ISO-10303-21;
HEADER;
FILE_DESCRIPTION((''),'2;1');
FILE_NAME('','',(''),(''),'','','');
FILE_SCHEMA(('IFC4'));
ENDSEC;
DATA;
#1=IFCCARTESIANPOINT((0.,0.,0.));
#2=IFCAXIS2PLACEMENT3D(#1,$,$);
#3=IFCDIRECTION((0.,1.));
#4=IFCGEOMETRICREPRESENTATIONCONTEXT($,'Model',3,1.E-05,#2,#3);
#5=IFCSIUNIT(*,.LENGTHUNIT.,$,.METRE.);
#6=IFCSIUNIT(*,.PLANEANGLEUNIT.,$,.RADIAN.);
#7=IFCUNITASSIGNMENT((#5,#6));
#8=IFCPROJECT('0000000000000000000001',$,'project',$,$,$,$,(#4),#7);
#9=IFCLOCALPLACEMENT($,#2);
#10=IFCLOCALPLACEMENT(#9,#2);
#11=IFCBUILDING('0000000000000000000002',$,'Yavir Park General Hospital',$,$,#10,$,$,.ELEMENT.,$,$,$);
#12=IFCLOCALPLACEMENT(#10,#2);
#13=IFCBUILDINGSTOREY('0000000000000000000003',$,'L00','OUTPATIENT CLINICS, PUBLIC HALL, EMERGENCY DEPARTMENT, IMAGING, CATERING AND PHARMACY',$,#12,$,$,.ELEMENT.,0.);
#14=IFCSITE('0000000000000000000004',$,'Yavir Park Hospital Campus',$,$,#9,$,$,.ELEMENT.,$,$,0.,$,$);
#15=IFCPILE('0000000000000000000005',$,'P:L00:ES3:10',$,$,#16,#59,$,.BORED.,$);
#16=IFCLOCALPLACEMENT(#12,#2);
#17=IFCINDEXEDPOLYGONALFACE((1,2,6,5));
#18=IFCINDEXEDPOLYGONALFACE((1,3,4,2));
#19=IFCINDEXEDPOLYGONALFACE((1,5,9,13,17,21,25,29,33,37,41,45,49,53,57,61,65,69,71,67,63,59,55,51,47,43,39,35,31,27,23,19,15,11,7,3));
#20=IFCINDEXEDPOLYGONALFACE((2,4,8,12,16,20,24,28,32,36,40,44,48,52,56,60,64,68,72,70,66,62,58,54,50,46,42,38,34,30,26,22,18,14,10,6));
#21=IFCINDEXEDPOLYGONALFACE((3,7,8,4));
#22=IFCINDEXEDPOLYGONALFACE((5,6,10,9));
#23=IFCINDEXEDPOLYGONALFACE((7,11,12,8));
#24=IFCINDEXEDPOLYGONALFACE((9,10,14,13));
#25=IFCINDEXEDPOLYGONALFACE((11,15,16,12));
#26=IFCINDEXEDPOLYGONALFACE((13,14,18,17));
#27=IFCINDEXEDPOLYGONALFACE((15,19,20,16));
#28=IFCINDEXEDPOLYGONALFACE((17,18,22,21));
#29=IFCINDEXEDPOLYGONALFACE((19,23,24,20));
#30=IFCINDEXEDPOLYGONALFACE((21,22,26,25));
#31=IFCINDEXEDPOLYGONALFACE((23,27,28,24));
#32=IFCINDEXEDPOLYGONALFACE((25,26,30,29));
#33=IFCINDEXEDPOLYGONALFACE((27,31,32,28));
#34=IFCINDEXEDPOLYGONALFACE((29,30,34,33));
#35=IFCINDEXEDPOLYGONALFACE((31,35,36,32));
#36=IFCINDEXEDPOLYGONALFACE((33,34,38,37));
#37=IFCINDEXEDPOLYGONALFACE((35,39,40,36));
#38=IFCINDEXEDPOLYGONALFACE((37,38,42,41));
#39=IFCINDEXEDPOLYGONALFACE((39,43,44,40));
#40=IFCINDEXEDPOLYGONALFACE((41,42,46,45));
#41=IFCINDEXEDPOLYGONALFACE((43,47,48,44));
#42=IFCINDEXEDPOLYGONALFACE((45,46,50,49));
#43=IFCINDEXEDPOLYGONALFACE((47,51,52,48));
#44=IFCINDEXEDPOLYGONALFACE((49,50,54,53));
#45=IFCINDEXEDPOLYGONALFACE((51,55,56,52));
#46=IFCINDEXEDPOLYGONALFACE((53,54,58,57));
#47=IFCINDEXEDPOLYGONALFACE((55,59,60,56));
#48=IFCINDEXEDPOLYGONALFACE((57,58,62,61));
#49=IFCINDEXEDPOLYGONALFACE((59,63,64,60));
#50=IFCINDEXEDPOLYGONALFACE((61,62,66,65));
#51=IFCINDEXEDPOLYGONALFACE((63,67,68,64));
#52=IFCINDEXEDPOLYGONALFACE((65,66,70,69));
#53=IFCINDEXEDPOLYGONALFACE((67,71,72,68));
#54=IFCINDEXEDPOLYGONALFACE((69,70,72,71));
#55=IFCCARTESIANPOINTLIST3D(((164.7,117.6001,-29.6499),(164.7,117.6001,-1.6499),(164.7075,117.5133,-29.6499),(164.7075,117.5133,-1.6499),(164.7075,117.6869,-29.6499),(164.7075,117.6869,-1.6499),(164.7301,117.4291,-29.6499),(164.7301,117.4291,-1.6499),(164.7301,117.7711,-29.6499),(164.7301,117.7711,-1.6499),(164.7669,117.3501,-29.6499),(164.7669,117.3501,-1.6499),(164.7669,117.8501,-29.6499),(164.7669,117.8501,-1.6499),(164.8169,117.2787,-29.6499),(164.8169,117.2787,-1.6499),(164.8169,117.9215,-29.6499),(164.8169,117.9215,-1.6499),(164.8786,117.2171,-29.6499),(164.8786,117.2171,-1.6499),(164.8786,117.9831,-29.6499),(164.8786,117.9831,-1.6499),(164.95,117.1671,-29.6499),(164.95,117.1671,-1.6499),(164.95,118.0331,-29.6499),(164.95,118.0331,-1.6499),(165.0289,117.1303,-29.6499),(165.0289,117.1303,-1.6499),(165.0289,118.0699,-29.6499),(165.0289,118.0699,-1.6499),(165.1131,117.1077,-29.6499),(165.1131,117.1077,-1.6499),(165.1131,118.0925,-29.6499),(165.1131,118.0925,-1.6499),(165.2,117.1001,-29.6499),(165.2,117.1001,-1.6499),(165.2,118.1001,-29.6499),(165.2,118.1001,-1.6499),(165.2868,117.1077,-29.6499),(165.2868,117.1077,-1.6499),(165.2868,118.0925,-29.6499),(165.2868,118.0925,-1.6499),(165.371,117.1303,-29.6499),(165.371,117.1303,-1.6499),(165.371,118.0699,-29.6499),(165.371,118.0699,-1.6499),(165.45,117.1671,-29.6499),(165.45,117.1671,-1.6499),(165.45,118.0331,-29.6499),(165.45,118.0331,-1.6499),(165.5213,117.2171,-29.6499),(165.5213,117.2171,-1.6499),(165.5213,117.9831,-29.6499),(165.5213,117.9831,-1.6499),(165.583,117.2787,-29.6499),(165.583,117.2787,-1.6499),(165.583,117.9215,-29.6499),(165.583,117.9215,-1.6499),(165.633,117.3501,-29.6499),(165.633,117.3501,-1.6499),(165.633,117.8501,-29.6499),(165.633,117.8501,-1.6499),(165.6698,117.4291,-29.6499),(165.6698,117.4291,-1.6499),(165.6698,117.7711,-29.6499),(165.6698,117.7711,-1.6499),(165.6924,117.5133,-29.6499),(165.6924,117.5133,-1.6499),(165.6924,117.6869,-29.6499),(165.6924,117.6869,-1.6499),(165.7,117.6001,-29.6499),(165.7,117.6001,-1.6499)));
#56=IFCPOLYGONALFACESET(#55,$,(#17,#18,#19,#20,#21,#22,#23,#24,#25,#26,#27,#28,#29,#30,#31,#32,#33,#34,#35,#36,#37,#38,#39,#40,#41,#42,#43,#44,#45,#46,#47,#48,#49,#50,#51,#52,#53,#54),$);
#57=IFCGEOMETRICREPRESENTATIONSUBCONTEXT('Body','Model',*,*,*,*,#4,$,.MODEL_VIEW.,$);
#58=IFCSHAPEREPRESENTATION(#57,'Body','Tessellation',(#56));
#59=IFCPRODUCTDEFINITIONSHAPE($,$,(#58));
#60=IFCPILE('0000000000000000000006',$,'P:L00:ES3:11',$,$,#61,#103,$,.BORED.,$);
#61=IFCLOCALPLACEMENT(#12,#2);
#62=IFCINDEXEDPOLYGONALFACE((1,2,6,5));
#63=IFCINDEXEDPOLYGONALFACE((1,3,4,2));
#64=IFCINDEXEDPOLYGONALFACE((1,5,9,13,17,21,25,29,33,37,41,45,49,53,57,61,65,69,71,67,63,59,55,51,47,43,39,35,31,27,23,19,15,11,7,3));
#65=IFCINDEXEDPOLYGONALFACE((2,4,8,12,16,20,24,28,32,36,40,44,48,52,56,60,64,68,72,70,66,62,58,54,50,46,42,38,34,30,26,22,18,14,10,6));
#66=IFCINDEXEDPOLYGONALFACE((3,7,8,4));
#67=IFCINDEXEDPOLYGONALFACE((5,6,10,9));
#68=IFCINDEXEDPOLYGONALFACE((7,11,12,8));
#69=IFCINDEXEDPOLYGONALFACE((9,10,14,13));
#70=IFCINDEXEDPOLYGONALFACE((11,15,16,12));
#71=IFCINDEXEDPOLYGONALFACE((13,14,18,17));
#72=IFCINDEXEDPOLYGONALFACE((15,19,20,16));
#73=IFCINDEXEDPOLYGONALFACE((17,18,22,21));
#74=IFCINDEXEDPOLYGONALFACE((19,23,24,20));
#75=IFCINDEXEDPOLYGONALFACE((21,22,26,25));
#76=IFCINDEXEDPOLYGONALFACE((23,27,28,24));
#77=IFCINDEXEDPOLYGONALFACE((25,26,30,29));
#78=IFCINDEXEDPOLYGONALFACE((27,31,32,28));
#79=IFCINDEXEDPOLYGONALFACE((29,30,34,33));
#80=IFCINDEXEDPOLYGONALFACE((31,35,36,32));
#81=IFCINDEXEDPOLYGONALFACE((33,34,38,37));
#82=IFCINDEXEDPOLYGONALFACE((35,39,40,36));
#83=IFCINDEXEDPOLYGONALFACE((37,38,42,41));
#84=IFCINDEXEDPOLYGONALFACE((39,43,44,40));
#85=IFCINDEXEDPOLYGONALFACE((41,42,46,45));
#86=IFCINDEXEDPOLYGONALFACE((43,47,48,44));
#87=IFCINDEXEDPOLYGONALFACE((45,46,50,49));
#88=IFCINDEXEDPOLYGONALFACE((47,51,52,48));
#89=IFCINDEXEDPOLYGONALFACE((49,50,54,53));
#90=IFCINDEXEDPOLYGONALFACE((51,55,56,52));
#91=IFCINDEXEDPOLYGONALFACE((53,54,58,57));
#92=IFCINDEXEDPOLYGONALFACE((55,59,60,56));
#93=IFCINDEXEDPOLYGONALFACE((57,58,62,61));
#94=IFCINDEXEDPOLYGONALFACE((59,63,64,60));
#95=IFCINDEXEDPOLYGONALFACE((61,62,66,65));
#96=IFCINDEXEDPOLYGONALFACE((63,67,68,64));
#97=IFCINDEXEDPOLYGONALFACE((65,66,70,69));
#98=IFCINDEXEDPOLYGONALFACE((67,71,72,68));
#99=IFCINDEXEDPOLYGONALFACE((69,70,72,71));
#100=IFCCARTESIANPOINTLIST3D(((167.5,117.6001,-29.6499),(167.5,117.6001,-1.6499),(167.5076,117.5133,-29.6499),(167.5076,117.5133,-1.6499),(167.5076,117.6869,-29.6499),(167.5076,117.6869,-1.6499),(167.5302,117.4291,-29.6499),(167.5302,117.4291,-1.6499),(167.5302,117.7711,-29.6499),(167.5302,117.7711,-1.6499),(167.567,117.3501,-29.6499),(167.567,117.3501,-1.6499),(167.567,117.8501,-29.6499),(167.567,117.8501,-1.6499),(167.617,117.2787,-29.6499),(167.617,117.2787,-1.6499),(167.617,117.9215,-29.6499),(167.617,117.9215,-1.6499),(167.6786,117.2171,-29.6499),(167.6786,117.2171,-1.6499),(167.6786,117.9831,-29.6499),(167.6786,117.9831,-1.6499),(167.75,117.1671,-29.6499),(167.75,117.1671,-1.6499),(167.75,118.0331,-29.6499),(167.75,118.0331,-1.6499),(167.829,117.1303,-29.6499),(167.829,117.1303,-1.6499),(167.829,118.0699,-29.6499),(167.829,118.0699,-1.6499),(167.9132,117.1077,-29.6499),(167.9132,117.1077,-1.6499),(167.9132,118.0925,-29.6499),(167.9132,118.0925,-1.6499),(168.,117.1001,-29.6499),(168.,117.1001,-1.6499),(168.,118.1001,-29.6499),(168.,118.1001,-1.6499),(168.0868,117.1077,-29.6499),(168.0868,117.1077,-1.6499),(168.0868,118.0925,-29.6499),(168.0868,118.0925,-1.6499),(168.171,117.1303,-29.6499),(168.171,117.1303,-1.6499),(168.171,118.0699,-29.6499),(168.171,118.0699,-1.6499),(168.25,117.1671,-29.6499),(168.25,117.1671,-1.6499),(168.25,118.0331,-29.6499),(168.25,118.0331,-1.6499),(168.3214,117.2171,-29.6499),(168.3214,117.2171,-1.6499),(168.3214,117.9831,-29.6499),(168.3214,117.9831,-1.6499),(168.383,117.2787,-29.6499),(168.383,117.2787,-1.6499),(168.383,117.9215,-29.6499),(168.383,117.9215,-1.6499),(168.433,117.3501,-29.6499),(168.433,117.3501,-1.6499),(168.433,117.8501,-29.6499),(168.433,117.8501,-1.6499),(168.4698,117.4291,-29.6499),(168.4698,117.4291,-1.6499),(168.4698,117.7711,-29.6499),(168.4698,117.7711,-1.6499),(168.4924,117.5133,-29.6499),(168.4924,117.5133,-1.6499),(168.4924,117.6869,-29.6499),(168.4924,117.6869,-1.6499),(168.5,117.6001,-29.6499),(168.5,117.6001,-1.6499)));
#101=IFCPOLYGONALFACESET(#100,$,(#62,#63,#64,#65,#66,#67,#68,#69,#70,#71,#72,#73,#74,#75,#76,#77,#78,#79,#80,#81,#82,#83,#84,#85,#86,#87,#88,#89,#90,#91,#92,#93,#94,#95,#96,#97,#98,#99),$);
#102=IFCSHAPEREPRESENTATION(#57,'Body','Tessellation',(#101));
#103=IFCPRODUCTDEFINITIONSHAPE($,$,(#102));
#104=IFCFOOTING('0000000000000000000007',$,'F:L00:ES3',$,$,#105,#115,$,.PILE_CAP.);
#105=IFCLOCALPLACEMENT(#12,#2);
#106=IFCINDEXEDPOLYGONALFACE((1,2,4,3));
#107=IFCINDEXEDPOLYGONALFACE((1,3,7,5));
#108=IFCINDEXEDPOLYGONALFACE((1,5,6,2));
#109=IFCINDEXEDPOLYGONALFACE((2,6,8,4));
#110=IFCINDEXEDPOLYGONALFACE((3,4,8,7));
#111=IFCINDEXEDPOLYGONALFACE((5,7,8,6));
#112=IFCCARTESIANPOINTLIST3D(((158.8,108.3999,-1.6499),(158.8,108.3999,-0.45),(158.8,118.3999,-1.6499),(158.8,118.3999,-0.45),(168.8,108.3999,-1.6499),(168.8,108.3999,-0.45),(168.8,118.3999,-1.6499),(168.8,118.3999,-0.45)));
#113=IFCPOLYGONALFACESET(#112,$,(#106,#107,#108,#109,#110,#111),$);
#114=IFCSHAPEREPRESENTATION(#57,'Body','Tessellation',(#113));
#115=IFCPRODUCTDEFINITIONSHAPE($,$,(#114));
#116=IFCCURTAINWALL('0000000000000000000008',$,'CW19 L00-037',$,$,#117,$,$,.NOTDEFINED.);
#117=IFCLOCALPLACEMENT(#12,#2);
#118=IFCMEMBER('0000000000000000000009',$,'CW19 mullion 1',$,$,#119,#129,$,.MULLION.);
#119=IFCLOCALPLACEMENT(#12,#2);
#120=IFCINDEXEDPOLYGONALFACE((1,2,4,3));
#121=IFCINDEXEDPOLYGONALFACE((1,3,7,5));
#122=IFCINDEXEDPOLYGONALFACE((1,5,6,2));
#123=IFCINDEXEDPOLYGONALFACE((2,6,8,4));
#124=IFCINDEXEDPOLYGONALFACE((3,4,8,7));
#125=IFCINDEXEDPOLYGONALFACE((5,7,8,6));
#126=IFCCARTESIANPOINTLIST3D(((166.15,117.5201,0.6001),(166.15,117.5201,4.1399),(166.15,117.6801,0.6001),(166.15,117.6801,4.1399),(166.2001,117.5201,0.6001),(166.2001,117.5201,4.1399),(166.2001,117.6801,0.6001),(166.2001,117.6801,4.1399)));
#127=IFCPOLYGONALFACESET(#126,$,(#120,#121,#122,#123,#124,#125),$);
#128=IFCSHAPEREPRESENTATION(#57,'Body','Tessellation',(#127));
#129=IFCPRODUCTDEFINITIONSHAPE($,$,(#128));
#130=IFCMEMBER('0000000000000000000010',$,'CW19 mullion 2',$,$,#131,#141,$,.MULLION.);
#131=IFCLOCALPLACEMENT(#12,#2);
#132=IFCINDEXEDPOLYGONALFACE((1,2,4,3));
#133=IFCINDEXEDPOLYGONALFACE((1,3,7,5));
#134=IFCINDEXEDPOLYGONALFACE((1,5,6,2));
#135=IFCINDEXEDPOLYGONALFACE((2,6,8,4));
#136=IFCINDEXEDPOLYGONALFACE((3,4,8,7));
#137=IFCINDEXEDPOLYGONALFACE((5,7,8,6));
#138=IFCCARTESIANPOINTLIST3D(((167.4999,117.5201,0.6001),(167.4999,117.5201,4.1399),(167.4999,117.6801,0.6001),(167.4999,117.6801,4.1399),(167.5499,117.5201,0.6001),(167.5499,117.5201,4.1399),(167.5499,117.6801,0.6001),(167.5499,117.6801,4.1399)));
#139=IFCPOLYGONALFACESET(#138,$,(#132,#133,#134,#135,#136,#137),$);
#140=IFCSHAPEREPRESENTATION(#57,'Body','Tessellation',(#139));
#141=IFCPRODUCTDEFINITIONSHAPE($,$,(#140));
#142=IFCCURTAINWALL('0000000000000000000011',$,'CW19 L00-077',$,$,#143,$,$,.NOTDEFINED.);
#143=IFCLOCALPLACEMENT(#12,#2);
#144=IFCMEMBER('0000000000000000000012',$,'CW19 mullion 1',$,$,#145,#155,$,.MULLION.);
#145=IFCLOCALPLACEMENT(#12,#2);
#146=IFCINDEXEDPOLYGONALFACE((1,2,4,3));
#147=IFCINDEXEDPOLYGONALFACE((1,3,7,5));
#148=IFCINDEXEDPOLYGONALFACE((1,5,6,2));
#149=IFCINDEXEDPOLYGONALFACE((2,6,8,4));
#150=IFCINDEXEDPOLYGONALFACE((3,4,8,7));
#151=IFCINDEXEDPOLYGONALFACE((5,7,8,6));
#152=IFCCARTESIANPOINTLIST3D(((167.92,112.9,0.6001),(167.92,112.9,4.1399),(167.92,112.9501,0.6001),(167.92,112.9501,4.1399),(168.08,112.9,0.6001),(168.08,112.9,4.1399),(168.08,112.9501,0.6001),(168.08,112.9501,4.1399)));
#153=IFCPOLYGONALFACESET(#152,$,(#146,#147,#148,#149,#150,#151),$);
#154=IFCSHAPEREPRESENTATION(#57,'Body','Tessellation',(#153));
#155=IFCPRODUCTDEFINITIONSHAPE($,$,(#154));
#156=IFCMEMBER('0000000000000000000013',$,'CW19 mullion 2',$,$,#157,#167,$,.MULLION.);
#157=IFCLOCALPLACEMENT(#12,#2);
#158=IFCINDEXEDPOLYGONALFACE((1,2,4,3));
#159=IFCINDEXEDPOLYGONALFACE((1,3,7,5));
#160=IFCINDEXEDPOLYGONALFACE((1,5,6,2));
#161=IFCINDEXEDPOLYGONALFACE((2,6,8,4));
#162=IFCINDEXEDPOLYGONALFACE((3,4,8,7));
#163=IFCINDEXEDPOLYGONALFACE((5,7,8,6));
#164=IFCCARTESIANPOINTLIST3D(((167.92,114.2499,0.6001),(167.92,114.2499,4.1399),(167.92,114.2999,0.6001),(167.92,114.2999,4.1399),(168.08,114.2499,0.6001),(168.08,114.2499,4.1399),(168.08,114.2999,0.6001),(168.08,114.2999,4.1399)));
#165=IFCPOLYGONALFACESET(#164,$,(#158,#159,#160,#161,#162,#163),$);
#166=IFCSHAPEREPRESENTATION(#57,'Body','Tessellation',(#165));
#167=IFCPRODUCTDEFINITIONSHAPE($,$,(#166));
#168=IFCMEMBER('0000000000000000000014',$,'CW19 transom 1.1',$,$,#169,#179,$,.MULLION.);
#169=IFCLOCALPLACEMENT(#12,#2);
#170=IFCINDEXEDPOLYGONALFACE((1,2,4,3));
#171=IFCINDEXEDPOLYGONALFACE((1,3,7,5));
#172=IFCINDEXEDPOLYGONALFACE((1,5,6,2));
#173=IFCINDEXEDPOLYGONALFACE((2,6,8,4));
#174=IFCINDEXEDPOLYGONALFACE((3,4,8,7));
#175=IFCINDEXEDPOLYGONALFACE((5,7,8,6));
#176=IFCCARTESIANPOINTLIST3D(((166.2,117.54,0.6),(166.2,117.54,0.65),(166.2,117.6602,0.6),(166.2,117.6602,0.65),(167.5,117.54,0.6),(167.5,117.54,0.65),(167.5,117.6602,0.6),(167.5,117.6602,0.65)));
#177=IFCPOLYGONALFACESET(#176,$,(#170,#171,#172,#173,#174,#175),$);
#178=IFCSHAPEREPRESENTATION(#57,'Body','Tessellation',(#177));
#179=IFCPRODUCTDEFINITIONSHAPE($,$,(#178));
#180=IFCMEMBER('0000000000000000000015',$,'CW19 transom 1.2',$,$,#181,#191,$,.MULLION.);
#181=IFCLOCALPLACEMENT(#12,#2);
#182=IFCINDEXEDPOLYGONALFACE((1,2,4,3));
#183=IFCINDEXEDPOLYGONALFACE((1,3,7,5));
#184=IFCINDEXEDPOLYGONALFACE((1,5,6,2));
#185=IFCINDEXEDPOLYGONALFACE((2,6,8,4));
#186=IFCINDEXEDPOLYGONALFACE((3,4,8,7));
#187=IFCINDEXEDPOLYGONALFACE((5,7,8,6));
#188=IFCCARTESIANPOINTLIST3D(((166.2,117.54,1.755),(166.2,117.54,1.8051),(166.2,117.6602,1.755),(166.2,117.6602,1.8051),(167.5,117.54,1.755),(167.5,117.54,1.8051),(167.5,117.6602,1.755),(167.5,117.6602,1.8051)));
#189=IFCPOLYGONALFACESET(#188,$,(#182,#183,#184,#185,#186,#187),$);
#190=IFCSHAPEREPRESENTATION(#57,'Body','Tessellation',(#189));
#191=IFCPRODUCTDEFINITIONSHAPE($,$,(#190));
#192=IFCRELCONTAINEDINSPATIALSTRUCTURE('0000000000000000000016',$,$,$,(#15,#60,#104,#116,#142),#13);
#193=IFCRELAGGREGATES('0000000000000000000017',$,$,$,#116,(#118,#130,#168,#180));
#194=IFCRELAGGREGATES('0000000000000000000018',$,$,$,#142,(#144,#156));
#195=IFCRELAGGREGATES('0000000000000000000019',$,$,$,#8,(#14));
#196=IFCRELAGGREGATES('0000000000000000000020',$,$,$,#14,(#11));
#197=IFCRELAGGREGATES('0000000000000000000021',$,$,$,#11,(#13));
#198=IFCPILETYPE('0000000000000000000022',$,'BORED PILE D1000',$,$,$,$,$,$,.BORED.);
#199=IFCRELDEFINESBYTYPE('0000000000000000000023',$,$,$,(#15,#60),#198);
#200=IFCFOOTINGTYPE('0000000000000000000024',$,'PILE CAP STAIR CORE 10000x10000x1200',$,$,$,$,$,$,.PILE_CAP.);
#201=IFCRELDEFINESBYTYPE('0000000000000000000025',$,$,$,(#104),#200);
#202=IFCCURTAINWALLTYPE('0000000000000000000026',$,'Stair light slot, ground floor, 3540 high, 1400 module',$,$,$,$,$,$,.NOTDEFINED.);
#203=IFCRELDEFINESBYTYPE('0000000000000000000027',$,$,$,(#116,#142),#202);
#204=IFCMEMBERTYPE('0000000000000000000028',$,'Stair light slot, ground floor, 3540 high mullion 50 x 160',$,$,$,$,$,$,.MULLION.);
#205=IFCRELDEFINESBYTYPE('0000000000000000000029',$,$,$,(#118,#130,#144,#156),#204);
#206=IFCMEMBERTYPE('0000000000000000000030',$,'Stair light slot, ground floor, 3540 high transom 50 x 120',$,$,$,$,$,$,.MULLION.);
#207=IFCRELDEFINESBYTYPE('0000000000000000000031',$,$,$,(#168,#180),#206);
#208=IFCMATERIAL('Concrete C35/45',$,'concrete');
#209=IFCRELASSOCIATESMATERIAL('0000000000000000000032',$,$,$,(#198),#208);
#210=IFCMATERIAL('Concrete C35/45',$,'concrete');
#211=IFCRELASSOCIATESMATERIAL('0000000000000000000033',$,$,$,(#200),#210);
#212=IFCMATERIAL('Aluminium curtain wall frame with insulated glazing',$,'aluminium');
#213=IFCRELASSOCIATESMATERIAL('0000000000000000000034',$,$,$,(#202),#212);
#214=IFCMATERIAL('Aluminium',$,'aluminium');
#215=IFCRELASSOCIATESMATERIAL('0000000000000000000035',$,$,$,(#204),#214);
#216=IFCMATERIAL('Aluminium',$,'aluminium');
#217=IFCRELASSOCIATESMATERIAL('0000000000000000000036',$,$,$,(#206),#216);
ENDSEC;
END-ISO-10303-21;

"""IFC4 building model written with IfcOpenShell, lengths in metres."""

from ifc_helpers import new_model, si_unit, direction, frame, origin, origin_2d, place, context, subcontext, project, spatial, rectangle, circle, extrude, material, material_profile, profile_set, type_object, element, aggregate, save


model = new_model("IFC4")

# Units and contexts
model_context = context("Model", 3, precision=1e-05, world=origin(), true_north=direction((0.0, 1.0)))
body_context = subcontext(model_context, "Body", "Model", "MODEL_VIEW")
ifc_project = project(units=[si_unit("LENGTHUNIT", "METRE"), si_unit("PLANEANGLEUNIT", "RADIAN")], contexts=[model_context])

# Site, building, storey
site_placement = place(None, origin())
site = spatial("IfcSite", under=ifc_project, at=site_placement, Name="Yavir Park Hospital Campus", CompositionType="ELEMENT", RefElevation=0.0)
building_placement = place(site_placement, origin())
building = spatial("IfcBuilding", under=site, at=building_placement, Name="Yavir Park General Hospital", CompositionType="ELEMENT")
storey_placement = place(building_placement, origin())
storey = spatial("IfcBuildingStorey", under=building, at=storey_placement, Name="L00", Description="OUTPATIENT CLINICS, PUBLIC HALL, EMERGENCY DEPARTMENT, IMAGING, CATERING AND PHARMACY", CompositionType="ELEMENT", Elevation=0.0)

# Piles
ifc_material_1 = material(Name="Concrete C35/45", Category="concrete")
ifc_material_profile_1 = material_profile(ifc_material_1, circle(Radius=0.5, at=origin_2d()), Name="D1000")
ifc_profile_set_1 = profile_set([ifc_material_profile_1], Name="Concrete C35/45")
pile_type = type_object("IfcPileType", Name="BORED PILE D1000", PredefinedType="BORED", material=ifc_profile_set_1)
for number, where, z_axis, x_axis, name in (
    (1, (165.2, 117.6001, -1.6499), (0.0, 0.0, -1.0), (1.0, 0.0, 0.0), "P:L00:ES3:10"),
    (2, (168.0, 117.6001, -1.6499), (0.0, 0.0, -1.0), (1.0, 0.0, 0.0), "P:L00:ES3:11"),
):
    element("IfcPile", number, at=place(storey_placement, frame(where, z_axis=z_axis, x_axis=x_axis)), inside=storey, type_object=pile_type, Name=name, PredefinedType="BORED", context=body_context, shape_type="SweptSolid", body=[
        extrude(circle(Radius=0.5, at=origin_2d()), origin(), (0.0, 0.0, 1.0), 28.0),
    ])

# Footing
ifc_material_2 = material(Name="Concrete C35/45", Category="concrete")
footing_type = type_object("IfcFootingType", Name="PILE CAP STAIR CORE 10000x10000x1200", PredefinedType="PILE_CAP", material=ifc_material_2)
footing_placement = place(storey_placement, frame((163.8, 113.3999, -1.6499), z_axis=(0.0, 0.0, 1.0), x_axis=(1.0, 0.0, 0.0)))
element("IfcFooting", 3, at=footing_placement, inside=storey, type_object=footing_type, Name="F:L00:ES3", PredefinedType="PILE_CAP", context=body_context, shape_type="SweptSolid", body=[
    extrude(rectangle(XDim=10.0, YDim=10.0, at=origin_2d()), origin(), (0.0, 0.0, 1.0), 1.2),
])

# Curtain walls, members
ifc_material_3 = material(Name="Aluminium curtain wall frame with insulated glazing", Category="aluminium")
curtain_wall_type = type_object("IfcCurtainWallType", Name="Stair light slot, ground floor, 3540 high, 1400 module", PredefinedType="NOTDEFINED", material=ifc_material_3)
curtain_wall_1_placement = place(storey_placement, origin())
curtain_wall_1 = element("IfcCurtainWall", 4, at=curtain_wall_1_placement, inside=storey, type_object=curtain_wall_type, Name="CW19 L00-037", PredefinedType="NOTDEFINED")
ifc_material_4 = material(Name="Aluminium", Category="aluminium")
ifc_material_profile_2 = material_profile(ifc_material_4, rectangle(XDim=0.1599, YDim=0.05, at=origin_2d()), Name="AL 50x160")
ifc_profile_set_2 = profile_set([ifc_material_profile_2], Name="Aluminium")
member_type_1 = type_object("IfcMemberType", Name="Stair light slot, ground floor, 3540 high mullion 50 x 160", PredefinedType="MULLION", material=ifc_profile_set_2)
member_1_placement = place(storey_placement, frame((166.175, 117.6001, 0.6001), z_axis=(0.0, 0.0, 1.0), x_axis=(0.0, 1.0, 0.0)))
member_1 = element("IfcMember", 5, at=member_1_placement, type_object=member_type_1, Name="CW19 mullion 1", PredefinedType="MULLION", context=body_context, shape_type="SweptSolid", body=[
    extrude(rectangle(XDim=0.1599, YDim=0.05, at=origin_2d()), origin(), (0.0, 0.0, 1.0), 3.5398),
])
member_2_placement = place(storey_placement, frame((167.5249, 117.6001, 0.6001), z_axis=(0.0, 0.0, 1.0), x_axis=(0.0, 1.0, 0.0)))
member_2 = element("IfcMember", 6, at=member_2_placement, type_object=member_type_1, Name="CW19 mullion 2", PredefinedType="MULLION", context=body_context, shape_type="SweptSolid", body=[
    extrude(rectangle(XDim=0.1599, YDim=0.05, at=origin_2d()), origin(), (0.0, 0.0, 1.0), 3.5398),
])
curtain_wall_2_placement = place(storey_placement, origin())
curtain_wall_2 = element("IfcCurtainWall", 7, at=curtain_wall_2_placement, inside=storey, type_object=curtain_wall_type, Name="CW19 L00-077", PredefinedType="NOTDEFINED")
member_3_placement = place(storey_placement, frame((168.0, 112.925, 0.6001), z_axis=(0.0, 0.0, 1.0), x_axis=(-1.0, 0.0, 0.0)))
member_3 = element("IfcMember", 8, at=member_3_placement, type_object=member_type_1, Name="CW19 mullion 1", PredefinedType="MULLION", context=body_context, shape_type="SweptSolid", body=[
    extrude(rectangle(XDim=0.1599, YDim=0.05, at=origin_2d()), origin(), (0.0, 0.0, 1.0), 3.5398),
])
member_4_placement = place(storey_placement, frame((168.0, 114.2749, 0.6001), z_axis=(0.0, 0.0, 1.0), x_axis=(-1.0, 0.0, 0.0)))
member_4 = element("IfcMember", 9, at=member_4_placement, type_object=member_type_1, Name="CW19 mullion 2", PredefinedType="MULLION", context=body_context, shape_type="SweptSolid", body=[
    extrude(rectangle(XDim=0.1599, YDim=0.05, at=origin_2d()), origin(), (0.0, 0.0, 1.0), 3.5398),
])

# Members
ifc_material_5 = material(Name="Aluminium", Category="aluminium")
ifc_material_profile_3 = material_profile(ifc_material_5, rectangle(XDim=0.1201, YDim=0.05, at=origin_2d()), Name="AL 120x50")
ifc_profile_set_3 = profile_set([ifc_material_profile_3], Name="Aluminium")
member_type_2 = type_object("IfcMemberType", Name="Stair light slot, ground floor, 3540 high transom 50 x 120", PredefinedType="MULLION", material=ifc_profile_set_3)
member_5_placement = place(storey_placement, frame((166.2, 117.6001, 0.625), z_axis=(1.0, 0.0, 0.0), x_axis=(0.0, 1.0, 0.0)))
member_5 = element("IfcMember", 10, at=member_5_placement, type_object=member_type_2, Name="CW19 transom 1.1", PredefinedType="MULLION", context=body_context, shape_type="SweptSolid", body=[
    extrude(rectangle(XDim=0.1201, YDim=0.05, at=origin_2d()), origin(), (0.0, 0.0, 1.0), 1.3),
])
member_6_placement = place(storey_placement, frame((166.2, 117.6001, 1.78), z_axis=(1.0, 0.0, 0.0), x_axis=(0.0, 1.0, 0.0)))
member_6 = element("IfcMember", 11, at=member_6_placement, type_object=member_type_2, Name="CW19 transom 1.2", PredefinedType="MULLION", context=body_context, shape_type="SweptSolid", body=[
    extrude(rectangle(XDim=0.1201, YDim=0.05, at=origin_2d()), origin(), (0.0, 0.0, 1.0), 1.3),
])

aggregate(curtain_wall_1, [member_1, member_2, member_5, member_6])
aggregate(curtain_wall_2, [member_3, member_4])

save(model, "model.ifc")
